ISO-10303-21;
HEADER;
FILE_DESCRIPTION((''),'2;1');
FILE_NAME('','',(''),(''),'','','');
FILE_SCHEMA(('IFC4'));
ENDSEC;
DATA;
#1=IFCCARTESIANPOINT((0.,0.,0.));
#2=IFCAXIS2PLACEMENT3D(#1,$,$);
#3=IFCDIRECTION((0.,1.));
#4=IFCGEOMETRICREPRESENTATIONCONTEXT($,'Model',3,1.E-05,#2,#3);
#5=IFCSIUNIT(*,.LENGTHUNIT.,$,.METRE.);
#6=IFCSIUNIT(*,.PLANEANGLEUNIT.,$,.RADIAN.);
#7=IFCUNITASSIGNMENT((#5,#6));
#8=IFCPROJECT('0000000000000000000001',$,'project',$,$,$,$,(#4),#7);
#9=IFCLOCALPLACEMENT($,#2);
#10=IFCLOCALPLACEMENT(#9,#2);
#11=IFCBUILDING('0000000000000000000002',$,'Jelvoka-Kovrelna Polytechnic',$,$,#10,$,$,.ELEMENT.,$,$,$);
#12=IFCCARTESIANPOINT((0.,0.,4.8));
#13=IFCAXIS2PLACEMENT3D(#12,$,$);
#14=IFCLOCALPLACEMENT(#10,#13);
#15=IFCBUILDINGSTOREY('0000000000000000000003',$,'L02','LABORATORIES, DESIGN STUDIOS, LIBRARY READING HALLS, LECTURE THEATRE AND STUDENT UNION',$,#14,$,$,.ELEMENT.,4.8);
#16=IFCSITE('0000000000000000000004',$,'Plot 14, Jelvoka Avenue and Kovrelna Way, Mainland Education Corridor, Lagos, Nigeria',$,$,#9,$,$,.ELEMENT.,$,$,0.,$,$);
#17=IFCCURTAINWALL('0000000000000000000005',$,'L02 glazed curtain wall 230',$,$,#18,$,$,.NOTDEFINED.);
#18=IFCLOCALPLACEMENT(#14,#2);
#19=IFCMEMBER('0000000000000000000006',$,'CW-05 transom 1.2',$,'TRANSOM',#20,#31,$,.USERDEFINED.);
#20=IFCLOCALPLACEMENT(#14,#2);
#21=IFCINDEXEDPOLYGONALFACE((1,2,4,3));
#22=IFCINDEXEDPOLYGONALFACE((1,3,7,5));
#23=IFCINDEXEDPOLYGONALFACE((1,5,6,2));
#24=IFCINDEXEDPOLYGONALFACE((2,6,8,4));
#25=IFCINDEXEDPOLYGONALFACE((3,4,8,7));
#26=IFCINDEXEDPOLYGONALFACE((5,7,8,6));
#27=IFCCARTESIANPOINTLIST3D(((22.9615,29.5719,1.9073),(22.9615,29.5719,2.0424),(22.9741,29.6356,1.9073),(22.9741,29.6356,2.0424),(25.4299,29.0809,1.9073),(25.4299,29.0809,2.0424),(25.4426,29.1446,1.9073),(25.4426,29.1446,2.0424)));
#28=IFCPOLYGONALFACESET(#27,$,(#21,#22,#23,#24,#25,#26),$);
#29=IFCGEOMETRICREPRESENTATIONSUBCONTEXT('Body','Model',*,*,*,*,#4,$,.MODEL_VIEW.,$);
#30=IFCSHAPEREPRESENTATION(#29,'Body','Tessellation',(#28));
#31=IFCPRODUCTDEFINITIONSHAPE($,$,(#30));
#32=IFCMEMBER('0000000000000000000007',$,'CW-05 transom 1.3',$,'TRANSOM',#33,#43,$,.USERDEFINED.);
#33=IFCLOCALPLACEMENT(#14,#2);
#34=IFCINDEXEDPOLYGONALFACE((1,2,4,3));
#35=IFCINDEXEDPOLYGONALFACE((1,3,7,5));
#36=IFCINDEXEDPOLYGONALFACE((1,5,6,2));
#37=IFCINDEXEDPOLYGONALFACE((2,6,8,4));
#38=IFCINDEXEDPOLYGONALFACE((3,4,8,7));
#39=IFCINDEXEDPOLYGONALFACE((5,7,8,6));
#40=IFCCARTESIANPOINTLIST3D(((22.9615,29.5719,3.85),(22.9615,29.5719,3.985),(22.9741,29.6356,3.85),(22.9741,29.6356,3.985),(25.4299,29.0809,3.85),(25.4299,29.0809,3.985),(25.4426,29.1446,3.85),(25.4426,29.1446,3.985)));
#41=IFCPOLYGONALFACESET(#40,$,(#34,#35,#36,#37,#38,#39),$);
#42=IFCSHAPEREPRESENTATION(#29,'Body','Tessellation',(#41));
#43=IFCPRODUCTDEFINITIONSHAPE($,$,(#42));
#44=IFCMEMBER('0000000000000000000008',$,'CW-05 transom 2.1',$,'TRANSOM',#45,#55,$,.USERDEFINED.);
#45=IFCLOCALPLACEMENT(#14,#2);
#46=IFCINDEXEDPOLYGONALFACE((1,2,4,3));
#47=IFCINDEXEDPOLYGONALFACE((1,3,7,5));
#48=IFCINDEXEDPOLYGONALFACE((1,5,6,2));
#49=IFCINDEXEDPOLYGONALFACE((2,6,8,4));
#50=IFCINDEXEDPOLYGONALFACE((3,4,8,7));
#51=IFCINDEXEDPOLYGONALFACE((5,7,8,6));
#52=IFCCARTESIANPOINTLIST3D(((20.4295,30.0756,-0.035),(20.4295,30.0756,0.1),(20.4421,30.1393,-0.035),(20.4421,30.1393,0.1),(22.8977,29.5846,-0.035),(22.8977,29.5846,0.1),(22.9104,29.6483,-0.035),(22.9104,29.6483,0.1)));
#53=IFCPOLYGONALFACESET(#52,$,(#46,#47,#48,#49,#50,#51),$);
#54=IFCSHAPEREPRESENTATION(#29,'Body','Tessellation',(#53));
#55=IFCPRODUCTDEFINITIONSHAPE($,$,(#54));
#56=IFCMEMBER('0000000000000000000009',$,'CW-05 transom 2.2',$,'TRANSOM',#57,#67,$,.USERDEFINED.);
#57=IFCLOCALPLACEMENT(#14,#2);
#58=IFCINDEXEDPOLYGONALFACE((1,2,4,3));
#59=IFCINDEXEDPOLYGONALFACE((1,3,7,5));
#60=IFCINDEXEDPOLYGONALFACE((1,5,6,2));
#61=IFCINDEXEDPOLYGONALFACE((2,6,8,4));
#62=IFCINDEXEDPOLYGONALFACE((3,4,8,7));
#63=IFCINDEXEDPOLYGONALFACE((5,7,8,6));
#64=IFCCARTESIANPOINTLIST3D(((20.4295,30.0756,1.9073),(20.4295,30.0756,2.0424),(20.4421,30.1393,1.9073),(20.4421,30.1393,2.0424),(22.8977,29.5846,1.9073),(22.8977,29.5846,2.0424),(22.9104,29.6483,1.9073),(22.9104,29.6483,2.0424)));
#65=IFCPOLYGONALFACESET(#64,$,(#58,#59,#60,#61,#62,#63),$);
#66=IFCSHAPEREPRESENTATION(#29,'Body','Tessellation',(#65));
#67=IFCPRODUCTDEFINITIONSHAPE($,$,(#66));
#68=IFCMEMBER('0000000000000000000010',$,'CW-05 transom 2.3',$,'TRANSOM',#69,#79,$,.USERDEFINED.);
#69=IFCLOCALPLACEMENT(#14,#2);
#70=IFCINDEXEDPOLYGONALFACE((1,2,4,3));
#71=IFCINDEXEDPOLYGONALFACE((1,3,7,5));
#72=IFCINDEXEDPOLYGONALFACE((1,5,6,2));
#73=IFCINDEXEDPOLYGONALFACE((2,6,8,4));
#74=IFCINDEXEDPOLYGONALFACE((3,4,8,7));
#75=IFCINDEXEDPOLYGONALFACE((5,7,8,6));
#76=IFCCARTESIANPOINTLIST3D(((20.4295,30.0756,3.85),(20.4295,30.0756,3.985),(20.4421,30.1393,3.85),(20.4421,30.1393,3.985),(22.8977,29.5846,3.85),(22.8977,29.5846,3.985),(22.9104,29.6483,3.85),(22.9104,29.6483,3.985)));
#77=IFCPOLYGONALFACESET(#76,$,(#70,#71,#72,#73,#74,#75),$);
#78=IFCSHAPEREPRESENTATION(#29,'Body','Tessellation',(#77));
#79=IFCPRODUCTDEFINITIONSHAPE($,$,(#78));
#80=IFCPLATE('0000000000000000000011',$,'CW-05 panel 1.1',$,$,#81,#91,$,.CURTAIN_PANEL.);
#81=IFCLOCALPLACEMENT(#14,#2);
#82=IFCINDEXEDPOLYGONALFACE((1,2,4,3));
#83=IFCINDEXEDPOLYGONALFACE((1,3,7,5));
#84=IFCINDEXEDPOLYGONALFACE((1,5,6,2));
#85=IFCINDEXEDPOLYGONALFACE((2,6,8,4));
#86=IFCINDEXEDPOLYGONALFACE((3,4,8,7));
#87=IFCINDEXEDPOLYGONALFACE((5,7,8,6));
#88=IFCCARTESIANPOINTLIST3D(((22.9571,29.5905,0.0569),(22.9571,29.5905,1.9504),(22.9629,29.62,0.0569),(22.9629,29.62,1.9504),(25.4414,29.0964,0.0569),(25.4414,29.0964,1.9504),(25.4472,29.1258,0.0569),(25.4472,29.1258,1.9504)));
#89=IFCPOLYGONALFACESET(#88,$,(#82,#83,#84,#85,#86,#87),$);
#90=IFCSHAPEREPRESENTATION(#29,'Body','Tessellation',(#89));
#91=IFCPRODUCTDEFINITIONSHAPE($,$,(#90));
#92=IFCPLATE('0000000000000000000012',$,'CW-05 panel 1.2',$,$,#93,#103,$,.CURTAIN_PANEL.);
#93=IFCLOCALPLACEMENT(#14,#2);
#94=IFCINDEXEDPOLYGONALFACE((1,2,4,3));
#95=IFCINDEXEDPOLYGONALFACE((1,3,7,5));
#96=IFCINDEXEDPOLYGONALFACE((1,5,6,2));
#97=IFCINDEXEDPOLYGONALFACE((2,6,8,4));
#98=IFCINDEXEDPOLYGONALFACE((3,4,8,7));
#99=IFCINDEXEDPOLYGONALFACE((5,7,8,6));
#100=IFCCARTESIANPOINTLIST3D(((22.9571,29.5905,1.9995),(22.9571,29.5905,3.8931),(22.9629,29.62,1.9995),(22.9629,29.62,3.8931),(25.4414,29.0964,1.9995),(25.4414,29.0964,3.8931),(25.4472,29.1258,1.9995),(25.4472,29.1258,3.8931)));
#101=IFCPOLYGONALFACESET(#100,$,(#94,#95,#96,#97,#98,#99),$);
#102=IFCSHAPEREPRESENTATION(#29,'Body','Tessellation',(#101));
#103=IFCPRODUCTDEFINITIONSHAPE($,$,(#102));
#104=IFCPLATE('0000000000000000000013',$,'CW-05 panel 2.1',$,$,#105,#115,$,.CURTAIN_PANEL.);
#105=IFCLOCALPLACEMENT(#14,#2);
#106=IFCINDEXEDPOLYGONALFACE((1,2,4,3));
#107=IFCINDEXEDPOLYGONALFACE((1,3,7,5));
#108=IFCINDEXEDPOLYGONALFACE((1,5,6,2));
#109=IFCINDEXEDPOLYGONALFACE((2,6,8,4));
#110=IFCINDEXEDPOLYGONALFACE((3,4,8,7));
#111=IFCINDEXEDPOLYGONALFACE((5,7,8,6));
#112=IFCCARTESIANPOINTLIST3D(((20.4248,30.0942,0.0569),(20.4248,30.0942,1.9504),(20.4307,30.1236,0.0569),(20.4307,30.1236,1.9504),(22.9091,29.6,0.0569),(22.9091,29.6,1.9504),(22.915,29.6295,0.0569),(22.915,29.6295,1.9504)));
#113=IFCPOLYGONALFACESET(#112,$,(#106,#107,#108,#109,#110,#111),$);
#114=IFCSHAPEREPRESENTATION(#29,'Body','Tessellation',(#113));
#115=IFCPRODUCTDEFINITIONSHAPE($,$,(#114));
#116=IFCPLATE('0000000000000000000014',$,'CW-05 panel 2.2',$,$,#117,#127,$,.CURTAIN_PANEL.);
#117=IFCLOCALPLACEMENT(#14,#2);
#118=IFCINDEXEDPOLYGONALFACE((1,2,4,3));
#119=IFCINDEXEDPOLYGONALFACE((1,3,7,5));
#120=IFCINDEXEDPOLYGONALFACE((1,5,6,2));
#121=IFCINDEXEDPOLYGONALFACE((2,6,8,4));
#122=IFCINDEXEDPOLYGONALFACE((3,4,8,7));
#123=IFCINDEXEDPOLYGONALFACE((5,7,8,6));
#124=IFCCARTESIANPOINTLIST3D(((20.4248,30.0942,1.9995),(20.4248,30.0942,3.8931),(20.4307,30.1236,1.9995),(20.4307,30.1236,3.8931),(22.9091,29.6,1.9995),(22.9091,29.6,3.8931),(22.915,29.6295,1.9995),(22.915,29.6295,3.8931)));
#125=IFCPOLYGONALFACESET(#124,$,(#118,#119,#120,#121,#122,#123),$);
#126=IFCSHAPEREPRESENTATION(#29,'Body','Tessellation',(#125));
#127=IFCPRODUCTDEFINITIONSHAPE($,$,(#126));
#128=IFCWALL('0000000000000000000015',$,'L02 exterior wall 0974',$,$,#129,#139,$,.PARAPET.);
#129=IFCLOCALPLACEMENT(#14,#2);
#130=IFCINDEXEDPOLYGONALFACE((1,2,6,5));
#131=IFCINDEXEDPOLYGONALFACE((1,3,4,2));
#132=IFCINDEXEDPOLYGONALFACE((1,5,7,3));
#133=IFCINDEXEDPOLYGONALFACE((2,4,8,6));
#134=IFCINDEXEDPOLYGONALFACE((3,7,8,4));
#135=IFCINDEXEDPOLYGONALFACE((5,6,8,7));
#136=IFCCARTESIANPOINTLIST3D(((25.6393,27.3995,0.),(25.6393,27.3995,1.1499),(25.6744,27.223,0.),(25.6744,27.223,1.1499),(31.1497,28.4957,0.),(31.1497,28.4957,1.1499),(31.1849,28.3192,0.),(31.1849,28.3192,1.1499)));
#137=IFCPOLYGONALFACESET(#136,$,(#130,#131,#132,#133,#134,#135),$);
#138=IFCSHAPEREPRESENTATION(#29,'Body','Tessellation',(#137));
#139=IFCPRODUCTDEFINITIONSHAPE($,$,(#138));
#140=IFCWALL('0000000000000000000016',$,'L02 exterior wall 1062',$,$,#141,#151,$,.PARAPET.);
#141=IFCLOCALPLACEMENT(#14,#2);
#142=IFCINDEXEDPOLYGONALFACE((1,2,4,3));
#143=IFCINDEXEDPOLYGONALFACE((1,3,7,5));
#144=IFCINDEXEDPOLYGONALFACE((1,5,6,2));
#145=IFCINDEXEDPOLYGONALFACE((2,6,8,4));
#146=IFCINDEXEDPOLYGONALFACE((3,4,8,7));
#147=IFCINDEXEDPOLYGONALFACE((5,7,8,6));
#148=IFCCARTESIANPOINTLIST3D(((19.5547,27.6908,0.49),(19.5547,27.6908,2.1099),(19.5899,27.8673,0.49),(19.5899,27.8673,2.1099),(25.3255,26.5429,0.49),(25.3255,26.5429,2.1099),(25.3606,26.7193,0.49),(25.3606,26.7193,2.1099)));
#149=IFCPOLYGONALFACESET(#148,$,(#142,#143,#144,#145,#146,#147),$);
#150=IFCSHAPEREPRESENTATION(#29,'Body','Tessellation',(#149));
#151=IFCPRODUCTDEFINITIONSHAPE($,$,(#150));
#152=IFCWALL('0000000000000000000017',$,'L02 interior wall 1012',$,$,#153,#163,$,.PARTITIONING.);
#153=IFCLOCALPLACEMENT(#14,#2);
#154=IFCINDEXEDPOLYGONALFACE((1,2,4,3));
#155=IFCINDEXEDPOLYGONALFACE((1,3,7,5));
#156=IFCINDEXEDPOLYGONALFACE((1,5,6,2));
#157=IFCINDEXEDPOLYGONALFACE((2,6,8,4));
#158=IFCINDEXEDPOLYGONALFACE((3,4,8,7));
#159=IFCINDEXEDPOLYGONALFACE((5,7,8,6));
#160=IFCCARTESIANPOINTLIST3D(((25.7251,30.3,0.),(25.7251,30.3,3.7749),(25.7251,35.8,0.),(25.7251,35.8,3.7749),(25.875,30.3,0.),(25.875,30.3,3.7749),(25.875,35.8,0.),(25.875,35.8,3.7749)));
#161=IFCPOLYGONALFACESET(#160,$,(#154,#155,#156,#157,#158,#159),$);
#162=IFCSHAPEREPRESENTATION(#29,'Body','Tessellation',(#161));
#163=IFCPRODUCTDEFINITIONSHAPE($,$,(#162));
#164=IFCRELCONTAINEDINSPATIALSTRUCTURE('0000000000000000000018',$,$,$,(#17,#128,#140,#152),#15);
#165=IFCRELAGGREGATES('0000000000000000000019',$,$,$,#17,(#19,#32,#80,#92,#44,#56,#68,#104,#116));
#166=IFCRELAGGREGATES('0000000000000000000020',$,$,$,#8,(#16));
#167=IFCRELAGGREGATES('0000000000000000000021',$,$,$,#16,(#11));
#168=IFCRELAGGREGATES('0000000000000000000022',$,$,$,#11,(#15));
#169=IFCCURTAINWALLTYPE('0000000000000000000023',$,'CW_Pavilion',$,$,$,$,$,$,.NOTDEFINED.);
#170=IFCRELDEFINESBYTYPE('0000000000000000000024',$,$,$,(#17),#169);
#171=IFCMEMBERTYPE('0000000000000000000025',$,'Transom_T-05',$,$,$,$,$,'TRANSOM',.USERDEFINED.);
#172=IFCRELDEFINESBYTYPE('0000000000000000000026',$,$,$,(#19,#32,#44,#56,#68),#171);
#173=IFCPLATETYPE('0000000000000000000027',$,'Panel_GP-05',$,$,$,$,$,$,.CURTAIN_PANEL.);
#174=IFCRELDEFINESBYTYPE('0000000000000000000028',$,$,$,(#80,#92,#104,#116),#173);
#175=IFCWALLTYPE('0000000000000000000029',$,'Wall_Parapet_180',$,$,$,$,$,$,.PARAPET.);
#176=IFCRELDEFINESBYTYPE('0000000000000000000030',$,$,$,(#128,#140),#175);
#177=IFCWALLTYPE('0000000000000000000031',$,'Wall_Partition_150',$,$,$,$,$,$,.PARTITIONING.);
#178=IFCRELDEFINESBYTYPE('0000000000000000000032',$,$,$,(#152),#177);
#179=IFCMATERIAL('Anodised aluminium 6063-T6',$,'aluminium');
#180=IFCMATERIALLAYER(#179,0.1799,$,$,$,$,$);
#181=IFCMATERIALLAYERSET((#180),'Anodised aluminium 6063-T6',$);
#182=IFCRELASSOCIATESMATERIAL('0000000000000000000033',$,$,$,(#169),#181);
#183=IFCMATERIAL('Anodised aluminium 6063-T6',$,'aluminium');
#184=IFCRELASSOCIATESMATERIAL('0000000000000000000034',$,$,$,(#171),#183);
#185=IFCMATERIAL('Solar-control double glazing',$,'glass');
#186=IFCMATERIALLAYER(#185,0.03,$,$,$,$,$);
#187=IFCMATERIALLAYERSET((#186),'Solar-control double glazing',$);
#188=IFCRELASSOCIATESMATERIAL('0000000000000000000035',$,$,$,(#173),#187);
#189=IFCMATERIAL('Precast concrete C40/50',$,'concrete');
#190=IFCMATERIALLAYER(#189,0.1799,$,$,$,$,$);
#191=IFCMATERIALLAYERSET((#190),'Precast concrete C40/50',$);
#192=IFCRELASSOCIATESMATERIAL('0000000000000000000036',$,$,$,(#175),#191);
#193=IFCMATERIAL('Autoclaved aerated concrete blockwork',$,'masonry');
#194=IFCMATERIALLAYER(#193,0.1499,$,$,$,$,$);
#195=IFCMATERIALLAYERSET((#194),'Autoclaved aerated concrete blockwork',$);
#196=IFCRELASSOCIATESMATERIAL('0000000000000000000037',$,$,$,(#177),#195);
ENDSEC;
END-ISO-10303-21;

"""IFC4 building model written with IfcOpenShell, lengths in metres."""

from ifc_helpers import new_model, si_unit, direction, frame, frame_2d, origin, origin_2d, place, context, subcontext, project, spatial, rectangle, extrude, material, layer, layer_set, material_profile, profile_set, type_object, element, aggregate, save


model = new_model("IFC4")

# Units and contexts
model_context = context("Model", 3, precision=1e-05, world=origin(), true_north=direction((0.0, 1.0)))
body_context = subcontext(model_context, "Body", "Model", "MODEL_VIEW")
ifc_project = project(units=[si_unit("LENGTHUNIT", "METRE"), si_unit("PLANEANGLEUNIT", "RADIAN")], contexts=[model_context])

# Site, building, storey
site_placement = place(None, origin())
site = spatial("IfcSite", under=ifc_project, at=site_placement, Name="Plot 14, Jelvoka Avenue and Kovrelna Way, Mainland Education Corridor, Lagos, Nigeria", CompositionType="ELEMENT", RefElevation=0.0)
building_placement = place(site_placement, origin())
building = spatial("IfcBuilding", under=site, at=building_placement, Name="Jelvoka-Kovrelna Polytechnic", CompositionType="ELEMENT")
storey_placement = place(building_placement, frame((0.0, 0.0, 4.8)))
storey = spatial("IfcBuildingStorey", under=building, at=storey_placement, Name="L02", Description="LABORATORIES, DESIGN STUDIOS, LIBRARY READING HALLS, LECTURE THEATRE AND STUDENT UNION", CompositionType="ELEMENT", Elevation=4.8)

# Curtain wall
ifc_material_1 = material(Name="Anodised aluminium 6063-T6", Category="aluminium")
ifc_layer_1 = layer(ifc_material_1, 0.1799)
ifc_layer_set_1 = layer_set([ifc_layer_1], Name="Anodised aluminium 6063-T6")
curtain_wall_type = type_object("IfcCurtainWallType", Name="CW_Pavilion", PredefinedType="NOTDEFINED", material=ifc_layer_set_1)
curtain_wall_1_placement = place(storey_placement, origin())
curtain_wall_1 = element("IfcCurtainWall", 1, at=curtain_wall_1_placement, inside=storey, type_object=curtain_wall_type, Name="L02 glazed curtain wall 230", PredefinedType="NOTDEFINED")

# Members
ifc_material_2 = material(Name="Anodised aluminium 6063-T6", Category="aluminium")
ifc_material_profile_1 = material_profile(ifc_material_2, rectangle(XDim=0.0649, YDim=0.135, at=origin_2d()), Name="ALU 65x135")
ifc_profile_set_1 = profile_set([ifc_material_profile_1], Name="Anodised aluminium 6063-T6")
member_type_1 = type_object("IfcMemberType", Name="Transom_T-05", ElementType="TRANSOM", PredefinedType="USERDEFINED", material=ifc_profile_set_1)
member_1_placement = place(storey_placement, frame((25.4363, 29.1128, 1.9749), z_axis=(-0.980789, 0.195071, 0.0), x_axis=(-0.195071, -0.980789, 0.0)))
member_1 = element("IfcMember", 2, at=member_1_placement, type_object=member_type_1, Name="CW-05 transom 1.2", ObjectType="TRANSOM", PredefinedType="USERDEFINED", context=body_context, shape_type="SweptSolid", body=[
    extrude(rectangle(XDim=0.0649, YDim=0.135, at=origin_2d()), origin(), (0.0, 0.0, 1.0), 2.5168),
])
member_2_placement = place(storey_placement, frame((25.4363, 29.1128, 3.9175), z_axis=(-0.980789, 0.195071, 0.0), x_axis=(-0.195071, -0.980789, 0.0)))
member_2 = element("IfcMember", 3, at=member_2_placement, type_object=member_type_1, Name="CW-05 transom 1.3", ObjectType="TRANSOM", PredefinedType="USERDEFINED", context=body_context, shape_type="SweptSolid", body=[
    extrude(rectangle(XDim=0.0649, YDim=0.135, at=origin_2d()), origin(), (0.0, 0.0, 1.0), 2.5168),
])
member_3_placement = place(storey_placement, frame((22.9041, 29.6165, 0.0325), z_axis=(-0.980785, 0.19509, 0.0), x_axis=(-0.19509, -0.980785, 0.0)))
member_3 = element("IfcMember", 4, at=member_3_placement, type_object=member_type_1, Name="CW-05 transom 2.1", ObjectType="TRANSOM", PredefinedType="USERDEFINED", context=body_context, shape_type="SweptSolid", body=[
    extrude(rectangle(XDim=0.0649, YDim=0.135, at=origin_2d()), origin(), (0.0, 0.0, 1.0), 2.5166),
])
member_4_placement = place(storey_placement, frame((22.9041, 29.6165, 1.9749), z_axis=(-0.980785, 0.19509, 0.0), x_axis=(-0.19509, -0.980785, 0.0)))
member_4 = element("IfcMember", 5, at=member_4_placement, type_object=member_type_1, Name="CW-05 transom 2.2", ObjectType="TRANSOM", PredefinedType="USERDEFINED", context=body_context, shape_type="SweptSolid", body=[
    extrude(rectangle(XDim=0.0649, YDim=0.135, at=origin_2d()), origin(), (0.0, 0.0, 1.0), 2.5166),
])
member_5_placement = place(storey_placement, frame((22.9041, 29.6165, 3.9175), z_axis=(-0.980785, 0.19509, 0.0), x_axis=(-0.19509, -0.980785, 0.0)))
member_5 = element("IfcMember", 6, at=member_5_placement, type_object=member_type_1, Name="CW-05 transom 2.3", ObjectType="TRANSOM", PredefinedType="USERDEFINED", context=body_context, shape_type="SweptSolid", body=[
    extrude(rectangle(XDim=0.0649, YDim=0.135, at=origin_2d()), origin(), (0.0, 0.0, 1.0), 2.5166),
])

# Plates
ifc_material_3 = material(Name="Solar-control double glazing", Category="glass")
ifc_layer_2 = layer(ifc_material_3, 0.03)
ifc_layer_set_2 = layer_set([ifc_layer_2], Name="Solar-control double glazing")
plate_type = type_object("IfcPlateType", Name="Panel_GP-05", PredefinedType="CURTAIN_PANEL", material=ifc_layer_set_2)
plate_1_placement = place(storey_placement, frame((24.2021, 29.3582, 0.0569), z_axis=(0.0, 0.0, 1.0), x_axis=(-0.980786, 0.195086, 0.0)))
plate_1 = element("IfcPlate", 7, at=plate_1_placement, type_object=plate_type, Name="CW-05 panel 1.1", PredefinedType="CURTAIN_PANEL", context=body_context, shape_type="SweptSolid", body=[
    extrude(rectangle(XDim=2.533, YDim=0.03, at=origin_2d()), origin(), (0.0, 0.0, 1.0), 1.8936),
])
plate_2_placement = place(storey_placement, frame((24.2021, 29.3582, 1.9995), z_axis=(0.0, 0.0, 1.0), x_axis=(-0.980786, 0.195086, 0.0)))
plate_2 = element("IfcPlate", 8, at=plate_2_placement, type_object=plate_type, Name="CW-05 panel 1.2", PredefinedType="CURTAIN_PANEL", context=body_context, shape_type="SweptSolid", body=[
    extrude(rectangle(XDim=2.533, YDim=0.03, at=origin_2d()), origin(), (0.0, 0.0, 1.0), 1.8936),
])
plate_3_placement = place(storey_placement, frame((21.6699, 29.8618, 0.0569), z_axis=(0.0, 0.0, 1.0), x_axis=(-0.980786, 0.195086, 0.0)))
plate_3 = element("IfcPlate", 9, at=plate_3_placement, type_object=plate_type, Name="CW-05 panel 2.1", PredefinedType="CURTAIN_PANEL", context=body_context, shape_type="SweptSolid", body=[
    extrude(rectangle(XDim=2.533, YDim=0.03, at=origin_2d()), origin(), (0.0, 0.0, 1.0), 1.8936),
])
plate_4_placement = place(storey_placement, frame((21.6699, 29.8618, 1.9995), z_axis=(0.0, 0.0, 1.0), x_axis=(-0.980786, 0.195086, 0.0)))
plate_4 = element("IfcPlate", 10, at=plate_4_placement, type_object=plate_type, Name="CW-05 panel 2.2", PredefinedType="CURTAIN_PANEL", context=body_context, shape_type="SweptSolid", body=[
    extrude(rectangle(XDim=2.533, YDim=0.03, at=origin_2d()), origin(), (0.0, 0.0, 1.0), 1.8936),
])
aggregate(curtain_wall_1, [member_1, member_2, plate_1, plate_2, member_3, member_4, member_5, plate_3, plate_4])

# Walls
ifc_material_4 = material(Name="Precast concrete C40/50", Category="concrete")
ifc_layer_3 = layer(ifc_material_4, 0.1799)
ifc_layer_set_3 = layer_set([ifc_layer_3], Name="Precast concrete C40/50")
wall_type_1 = type_object("IfcWallType", Name="Wall_Parapet_180", PredefinedType="PARAPET", material=ifc_layer_set_3)
wall_1_placement = place(storey_placement, frame((25.657, 27.3113, 0.0), z_axis=(0.0, 0.0, 1.0), x_axis=(0.980782, 0.195105, 0.0)))
element("IfcWall", 11, at=wall_1_placement, inside=storey, type_object=wall_type_1, Name="L02 exterior wall 0974", PredefinedType="PARAPET", context=body_context, shape_type="SweptSolid", body=[
    extrude(rectangle(XDim=5.6184, YDim=0.1799, at=frame_2d((2.8091, 0.0))), origin(), (0.0, 0.0, 1.0), 1.1499),
])
wall_2_placement = place(storey_placement, frame((25.343, 26.6311, 0.49), z_axis=(0.0, 0.0, 1.0), x_axis=(-0.980783, 0.195103, 0.0)))
element("IfcWall", 12, at=wall_2_placement, inside=storey, type_object=wall_type_1, Name="L02 exterior wall 1062", PredefinedType="PARAPET", context=body_context, shape_type="SweptSolid", body=[
    extrude(rectangle(XDim=5.8838, YDim=0.1799, at=frame_2d((2.9419, 0.0))), origin(), (0.0, 0.0, 1.0), 1.6199),
])
ifc_material_5 = material(Name="Autoclaved aerated concrete blockwork", Category="masonry")
ifc_layer_4 = layer(ifc_material_5, 0.1499)
ifc_layer_set_4 = layer_set([ifc_layer_4], Name="Autoclaved aerated concrete blockwork")
wall_type_2 = type_object("IfcWallType", Name="Wall_Partition_150", PredefinedType="PARTITIONING", material=ifc_layer_set_4)
wall_3_placement = place(storey_placement, frame((25.8, 30.3, 0.0), z_axis=(0.0, 0.0, 1.0), x_axis=(0.0, 1.0, 0.0)))
element("IfcWall", 13, at=wall_3_placement, inside=storey, type_object=wall_type_2, Name="L02 interior wall 1012", PredefinedType="PARTITIONING", context=body_context, shape_type="SweptSolid", body=[
    extrude(rectangle(XDim=5.5, YDim=0.1499, at=frame_2d((2.75, 0.0))), origin(), (0.0, 0.0, 1.0), 3.7749),
])

save(model, "model.ifc")
